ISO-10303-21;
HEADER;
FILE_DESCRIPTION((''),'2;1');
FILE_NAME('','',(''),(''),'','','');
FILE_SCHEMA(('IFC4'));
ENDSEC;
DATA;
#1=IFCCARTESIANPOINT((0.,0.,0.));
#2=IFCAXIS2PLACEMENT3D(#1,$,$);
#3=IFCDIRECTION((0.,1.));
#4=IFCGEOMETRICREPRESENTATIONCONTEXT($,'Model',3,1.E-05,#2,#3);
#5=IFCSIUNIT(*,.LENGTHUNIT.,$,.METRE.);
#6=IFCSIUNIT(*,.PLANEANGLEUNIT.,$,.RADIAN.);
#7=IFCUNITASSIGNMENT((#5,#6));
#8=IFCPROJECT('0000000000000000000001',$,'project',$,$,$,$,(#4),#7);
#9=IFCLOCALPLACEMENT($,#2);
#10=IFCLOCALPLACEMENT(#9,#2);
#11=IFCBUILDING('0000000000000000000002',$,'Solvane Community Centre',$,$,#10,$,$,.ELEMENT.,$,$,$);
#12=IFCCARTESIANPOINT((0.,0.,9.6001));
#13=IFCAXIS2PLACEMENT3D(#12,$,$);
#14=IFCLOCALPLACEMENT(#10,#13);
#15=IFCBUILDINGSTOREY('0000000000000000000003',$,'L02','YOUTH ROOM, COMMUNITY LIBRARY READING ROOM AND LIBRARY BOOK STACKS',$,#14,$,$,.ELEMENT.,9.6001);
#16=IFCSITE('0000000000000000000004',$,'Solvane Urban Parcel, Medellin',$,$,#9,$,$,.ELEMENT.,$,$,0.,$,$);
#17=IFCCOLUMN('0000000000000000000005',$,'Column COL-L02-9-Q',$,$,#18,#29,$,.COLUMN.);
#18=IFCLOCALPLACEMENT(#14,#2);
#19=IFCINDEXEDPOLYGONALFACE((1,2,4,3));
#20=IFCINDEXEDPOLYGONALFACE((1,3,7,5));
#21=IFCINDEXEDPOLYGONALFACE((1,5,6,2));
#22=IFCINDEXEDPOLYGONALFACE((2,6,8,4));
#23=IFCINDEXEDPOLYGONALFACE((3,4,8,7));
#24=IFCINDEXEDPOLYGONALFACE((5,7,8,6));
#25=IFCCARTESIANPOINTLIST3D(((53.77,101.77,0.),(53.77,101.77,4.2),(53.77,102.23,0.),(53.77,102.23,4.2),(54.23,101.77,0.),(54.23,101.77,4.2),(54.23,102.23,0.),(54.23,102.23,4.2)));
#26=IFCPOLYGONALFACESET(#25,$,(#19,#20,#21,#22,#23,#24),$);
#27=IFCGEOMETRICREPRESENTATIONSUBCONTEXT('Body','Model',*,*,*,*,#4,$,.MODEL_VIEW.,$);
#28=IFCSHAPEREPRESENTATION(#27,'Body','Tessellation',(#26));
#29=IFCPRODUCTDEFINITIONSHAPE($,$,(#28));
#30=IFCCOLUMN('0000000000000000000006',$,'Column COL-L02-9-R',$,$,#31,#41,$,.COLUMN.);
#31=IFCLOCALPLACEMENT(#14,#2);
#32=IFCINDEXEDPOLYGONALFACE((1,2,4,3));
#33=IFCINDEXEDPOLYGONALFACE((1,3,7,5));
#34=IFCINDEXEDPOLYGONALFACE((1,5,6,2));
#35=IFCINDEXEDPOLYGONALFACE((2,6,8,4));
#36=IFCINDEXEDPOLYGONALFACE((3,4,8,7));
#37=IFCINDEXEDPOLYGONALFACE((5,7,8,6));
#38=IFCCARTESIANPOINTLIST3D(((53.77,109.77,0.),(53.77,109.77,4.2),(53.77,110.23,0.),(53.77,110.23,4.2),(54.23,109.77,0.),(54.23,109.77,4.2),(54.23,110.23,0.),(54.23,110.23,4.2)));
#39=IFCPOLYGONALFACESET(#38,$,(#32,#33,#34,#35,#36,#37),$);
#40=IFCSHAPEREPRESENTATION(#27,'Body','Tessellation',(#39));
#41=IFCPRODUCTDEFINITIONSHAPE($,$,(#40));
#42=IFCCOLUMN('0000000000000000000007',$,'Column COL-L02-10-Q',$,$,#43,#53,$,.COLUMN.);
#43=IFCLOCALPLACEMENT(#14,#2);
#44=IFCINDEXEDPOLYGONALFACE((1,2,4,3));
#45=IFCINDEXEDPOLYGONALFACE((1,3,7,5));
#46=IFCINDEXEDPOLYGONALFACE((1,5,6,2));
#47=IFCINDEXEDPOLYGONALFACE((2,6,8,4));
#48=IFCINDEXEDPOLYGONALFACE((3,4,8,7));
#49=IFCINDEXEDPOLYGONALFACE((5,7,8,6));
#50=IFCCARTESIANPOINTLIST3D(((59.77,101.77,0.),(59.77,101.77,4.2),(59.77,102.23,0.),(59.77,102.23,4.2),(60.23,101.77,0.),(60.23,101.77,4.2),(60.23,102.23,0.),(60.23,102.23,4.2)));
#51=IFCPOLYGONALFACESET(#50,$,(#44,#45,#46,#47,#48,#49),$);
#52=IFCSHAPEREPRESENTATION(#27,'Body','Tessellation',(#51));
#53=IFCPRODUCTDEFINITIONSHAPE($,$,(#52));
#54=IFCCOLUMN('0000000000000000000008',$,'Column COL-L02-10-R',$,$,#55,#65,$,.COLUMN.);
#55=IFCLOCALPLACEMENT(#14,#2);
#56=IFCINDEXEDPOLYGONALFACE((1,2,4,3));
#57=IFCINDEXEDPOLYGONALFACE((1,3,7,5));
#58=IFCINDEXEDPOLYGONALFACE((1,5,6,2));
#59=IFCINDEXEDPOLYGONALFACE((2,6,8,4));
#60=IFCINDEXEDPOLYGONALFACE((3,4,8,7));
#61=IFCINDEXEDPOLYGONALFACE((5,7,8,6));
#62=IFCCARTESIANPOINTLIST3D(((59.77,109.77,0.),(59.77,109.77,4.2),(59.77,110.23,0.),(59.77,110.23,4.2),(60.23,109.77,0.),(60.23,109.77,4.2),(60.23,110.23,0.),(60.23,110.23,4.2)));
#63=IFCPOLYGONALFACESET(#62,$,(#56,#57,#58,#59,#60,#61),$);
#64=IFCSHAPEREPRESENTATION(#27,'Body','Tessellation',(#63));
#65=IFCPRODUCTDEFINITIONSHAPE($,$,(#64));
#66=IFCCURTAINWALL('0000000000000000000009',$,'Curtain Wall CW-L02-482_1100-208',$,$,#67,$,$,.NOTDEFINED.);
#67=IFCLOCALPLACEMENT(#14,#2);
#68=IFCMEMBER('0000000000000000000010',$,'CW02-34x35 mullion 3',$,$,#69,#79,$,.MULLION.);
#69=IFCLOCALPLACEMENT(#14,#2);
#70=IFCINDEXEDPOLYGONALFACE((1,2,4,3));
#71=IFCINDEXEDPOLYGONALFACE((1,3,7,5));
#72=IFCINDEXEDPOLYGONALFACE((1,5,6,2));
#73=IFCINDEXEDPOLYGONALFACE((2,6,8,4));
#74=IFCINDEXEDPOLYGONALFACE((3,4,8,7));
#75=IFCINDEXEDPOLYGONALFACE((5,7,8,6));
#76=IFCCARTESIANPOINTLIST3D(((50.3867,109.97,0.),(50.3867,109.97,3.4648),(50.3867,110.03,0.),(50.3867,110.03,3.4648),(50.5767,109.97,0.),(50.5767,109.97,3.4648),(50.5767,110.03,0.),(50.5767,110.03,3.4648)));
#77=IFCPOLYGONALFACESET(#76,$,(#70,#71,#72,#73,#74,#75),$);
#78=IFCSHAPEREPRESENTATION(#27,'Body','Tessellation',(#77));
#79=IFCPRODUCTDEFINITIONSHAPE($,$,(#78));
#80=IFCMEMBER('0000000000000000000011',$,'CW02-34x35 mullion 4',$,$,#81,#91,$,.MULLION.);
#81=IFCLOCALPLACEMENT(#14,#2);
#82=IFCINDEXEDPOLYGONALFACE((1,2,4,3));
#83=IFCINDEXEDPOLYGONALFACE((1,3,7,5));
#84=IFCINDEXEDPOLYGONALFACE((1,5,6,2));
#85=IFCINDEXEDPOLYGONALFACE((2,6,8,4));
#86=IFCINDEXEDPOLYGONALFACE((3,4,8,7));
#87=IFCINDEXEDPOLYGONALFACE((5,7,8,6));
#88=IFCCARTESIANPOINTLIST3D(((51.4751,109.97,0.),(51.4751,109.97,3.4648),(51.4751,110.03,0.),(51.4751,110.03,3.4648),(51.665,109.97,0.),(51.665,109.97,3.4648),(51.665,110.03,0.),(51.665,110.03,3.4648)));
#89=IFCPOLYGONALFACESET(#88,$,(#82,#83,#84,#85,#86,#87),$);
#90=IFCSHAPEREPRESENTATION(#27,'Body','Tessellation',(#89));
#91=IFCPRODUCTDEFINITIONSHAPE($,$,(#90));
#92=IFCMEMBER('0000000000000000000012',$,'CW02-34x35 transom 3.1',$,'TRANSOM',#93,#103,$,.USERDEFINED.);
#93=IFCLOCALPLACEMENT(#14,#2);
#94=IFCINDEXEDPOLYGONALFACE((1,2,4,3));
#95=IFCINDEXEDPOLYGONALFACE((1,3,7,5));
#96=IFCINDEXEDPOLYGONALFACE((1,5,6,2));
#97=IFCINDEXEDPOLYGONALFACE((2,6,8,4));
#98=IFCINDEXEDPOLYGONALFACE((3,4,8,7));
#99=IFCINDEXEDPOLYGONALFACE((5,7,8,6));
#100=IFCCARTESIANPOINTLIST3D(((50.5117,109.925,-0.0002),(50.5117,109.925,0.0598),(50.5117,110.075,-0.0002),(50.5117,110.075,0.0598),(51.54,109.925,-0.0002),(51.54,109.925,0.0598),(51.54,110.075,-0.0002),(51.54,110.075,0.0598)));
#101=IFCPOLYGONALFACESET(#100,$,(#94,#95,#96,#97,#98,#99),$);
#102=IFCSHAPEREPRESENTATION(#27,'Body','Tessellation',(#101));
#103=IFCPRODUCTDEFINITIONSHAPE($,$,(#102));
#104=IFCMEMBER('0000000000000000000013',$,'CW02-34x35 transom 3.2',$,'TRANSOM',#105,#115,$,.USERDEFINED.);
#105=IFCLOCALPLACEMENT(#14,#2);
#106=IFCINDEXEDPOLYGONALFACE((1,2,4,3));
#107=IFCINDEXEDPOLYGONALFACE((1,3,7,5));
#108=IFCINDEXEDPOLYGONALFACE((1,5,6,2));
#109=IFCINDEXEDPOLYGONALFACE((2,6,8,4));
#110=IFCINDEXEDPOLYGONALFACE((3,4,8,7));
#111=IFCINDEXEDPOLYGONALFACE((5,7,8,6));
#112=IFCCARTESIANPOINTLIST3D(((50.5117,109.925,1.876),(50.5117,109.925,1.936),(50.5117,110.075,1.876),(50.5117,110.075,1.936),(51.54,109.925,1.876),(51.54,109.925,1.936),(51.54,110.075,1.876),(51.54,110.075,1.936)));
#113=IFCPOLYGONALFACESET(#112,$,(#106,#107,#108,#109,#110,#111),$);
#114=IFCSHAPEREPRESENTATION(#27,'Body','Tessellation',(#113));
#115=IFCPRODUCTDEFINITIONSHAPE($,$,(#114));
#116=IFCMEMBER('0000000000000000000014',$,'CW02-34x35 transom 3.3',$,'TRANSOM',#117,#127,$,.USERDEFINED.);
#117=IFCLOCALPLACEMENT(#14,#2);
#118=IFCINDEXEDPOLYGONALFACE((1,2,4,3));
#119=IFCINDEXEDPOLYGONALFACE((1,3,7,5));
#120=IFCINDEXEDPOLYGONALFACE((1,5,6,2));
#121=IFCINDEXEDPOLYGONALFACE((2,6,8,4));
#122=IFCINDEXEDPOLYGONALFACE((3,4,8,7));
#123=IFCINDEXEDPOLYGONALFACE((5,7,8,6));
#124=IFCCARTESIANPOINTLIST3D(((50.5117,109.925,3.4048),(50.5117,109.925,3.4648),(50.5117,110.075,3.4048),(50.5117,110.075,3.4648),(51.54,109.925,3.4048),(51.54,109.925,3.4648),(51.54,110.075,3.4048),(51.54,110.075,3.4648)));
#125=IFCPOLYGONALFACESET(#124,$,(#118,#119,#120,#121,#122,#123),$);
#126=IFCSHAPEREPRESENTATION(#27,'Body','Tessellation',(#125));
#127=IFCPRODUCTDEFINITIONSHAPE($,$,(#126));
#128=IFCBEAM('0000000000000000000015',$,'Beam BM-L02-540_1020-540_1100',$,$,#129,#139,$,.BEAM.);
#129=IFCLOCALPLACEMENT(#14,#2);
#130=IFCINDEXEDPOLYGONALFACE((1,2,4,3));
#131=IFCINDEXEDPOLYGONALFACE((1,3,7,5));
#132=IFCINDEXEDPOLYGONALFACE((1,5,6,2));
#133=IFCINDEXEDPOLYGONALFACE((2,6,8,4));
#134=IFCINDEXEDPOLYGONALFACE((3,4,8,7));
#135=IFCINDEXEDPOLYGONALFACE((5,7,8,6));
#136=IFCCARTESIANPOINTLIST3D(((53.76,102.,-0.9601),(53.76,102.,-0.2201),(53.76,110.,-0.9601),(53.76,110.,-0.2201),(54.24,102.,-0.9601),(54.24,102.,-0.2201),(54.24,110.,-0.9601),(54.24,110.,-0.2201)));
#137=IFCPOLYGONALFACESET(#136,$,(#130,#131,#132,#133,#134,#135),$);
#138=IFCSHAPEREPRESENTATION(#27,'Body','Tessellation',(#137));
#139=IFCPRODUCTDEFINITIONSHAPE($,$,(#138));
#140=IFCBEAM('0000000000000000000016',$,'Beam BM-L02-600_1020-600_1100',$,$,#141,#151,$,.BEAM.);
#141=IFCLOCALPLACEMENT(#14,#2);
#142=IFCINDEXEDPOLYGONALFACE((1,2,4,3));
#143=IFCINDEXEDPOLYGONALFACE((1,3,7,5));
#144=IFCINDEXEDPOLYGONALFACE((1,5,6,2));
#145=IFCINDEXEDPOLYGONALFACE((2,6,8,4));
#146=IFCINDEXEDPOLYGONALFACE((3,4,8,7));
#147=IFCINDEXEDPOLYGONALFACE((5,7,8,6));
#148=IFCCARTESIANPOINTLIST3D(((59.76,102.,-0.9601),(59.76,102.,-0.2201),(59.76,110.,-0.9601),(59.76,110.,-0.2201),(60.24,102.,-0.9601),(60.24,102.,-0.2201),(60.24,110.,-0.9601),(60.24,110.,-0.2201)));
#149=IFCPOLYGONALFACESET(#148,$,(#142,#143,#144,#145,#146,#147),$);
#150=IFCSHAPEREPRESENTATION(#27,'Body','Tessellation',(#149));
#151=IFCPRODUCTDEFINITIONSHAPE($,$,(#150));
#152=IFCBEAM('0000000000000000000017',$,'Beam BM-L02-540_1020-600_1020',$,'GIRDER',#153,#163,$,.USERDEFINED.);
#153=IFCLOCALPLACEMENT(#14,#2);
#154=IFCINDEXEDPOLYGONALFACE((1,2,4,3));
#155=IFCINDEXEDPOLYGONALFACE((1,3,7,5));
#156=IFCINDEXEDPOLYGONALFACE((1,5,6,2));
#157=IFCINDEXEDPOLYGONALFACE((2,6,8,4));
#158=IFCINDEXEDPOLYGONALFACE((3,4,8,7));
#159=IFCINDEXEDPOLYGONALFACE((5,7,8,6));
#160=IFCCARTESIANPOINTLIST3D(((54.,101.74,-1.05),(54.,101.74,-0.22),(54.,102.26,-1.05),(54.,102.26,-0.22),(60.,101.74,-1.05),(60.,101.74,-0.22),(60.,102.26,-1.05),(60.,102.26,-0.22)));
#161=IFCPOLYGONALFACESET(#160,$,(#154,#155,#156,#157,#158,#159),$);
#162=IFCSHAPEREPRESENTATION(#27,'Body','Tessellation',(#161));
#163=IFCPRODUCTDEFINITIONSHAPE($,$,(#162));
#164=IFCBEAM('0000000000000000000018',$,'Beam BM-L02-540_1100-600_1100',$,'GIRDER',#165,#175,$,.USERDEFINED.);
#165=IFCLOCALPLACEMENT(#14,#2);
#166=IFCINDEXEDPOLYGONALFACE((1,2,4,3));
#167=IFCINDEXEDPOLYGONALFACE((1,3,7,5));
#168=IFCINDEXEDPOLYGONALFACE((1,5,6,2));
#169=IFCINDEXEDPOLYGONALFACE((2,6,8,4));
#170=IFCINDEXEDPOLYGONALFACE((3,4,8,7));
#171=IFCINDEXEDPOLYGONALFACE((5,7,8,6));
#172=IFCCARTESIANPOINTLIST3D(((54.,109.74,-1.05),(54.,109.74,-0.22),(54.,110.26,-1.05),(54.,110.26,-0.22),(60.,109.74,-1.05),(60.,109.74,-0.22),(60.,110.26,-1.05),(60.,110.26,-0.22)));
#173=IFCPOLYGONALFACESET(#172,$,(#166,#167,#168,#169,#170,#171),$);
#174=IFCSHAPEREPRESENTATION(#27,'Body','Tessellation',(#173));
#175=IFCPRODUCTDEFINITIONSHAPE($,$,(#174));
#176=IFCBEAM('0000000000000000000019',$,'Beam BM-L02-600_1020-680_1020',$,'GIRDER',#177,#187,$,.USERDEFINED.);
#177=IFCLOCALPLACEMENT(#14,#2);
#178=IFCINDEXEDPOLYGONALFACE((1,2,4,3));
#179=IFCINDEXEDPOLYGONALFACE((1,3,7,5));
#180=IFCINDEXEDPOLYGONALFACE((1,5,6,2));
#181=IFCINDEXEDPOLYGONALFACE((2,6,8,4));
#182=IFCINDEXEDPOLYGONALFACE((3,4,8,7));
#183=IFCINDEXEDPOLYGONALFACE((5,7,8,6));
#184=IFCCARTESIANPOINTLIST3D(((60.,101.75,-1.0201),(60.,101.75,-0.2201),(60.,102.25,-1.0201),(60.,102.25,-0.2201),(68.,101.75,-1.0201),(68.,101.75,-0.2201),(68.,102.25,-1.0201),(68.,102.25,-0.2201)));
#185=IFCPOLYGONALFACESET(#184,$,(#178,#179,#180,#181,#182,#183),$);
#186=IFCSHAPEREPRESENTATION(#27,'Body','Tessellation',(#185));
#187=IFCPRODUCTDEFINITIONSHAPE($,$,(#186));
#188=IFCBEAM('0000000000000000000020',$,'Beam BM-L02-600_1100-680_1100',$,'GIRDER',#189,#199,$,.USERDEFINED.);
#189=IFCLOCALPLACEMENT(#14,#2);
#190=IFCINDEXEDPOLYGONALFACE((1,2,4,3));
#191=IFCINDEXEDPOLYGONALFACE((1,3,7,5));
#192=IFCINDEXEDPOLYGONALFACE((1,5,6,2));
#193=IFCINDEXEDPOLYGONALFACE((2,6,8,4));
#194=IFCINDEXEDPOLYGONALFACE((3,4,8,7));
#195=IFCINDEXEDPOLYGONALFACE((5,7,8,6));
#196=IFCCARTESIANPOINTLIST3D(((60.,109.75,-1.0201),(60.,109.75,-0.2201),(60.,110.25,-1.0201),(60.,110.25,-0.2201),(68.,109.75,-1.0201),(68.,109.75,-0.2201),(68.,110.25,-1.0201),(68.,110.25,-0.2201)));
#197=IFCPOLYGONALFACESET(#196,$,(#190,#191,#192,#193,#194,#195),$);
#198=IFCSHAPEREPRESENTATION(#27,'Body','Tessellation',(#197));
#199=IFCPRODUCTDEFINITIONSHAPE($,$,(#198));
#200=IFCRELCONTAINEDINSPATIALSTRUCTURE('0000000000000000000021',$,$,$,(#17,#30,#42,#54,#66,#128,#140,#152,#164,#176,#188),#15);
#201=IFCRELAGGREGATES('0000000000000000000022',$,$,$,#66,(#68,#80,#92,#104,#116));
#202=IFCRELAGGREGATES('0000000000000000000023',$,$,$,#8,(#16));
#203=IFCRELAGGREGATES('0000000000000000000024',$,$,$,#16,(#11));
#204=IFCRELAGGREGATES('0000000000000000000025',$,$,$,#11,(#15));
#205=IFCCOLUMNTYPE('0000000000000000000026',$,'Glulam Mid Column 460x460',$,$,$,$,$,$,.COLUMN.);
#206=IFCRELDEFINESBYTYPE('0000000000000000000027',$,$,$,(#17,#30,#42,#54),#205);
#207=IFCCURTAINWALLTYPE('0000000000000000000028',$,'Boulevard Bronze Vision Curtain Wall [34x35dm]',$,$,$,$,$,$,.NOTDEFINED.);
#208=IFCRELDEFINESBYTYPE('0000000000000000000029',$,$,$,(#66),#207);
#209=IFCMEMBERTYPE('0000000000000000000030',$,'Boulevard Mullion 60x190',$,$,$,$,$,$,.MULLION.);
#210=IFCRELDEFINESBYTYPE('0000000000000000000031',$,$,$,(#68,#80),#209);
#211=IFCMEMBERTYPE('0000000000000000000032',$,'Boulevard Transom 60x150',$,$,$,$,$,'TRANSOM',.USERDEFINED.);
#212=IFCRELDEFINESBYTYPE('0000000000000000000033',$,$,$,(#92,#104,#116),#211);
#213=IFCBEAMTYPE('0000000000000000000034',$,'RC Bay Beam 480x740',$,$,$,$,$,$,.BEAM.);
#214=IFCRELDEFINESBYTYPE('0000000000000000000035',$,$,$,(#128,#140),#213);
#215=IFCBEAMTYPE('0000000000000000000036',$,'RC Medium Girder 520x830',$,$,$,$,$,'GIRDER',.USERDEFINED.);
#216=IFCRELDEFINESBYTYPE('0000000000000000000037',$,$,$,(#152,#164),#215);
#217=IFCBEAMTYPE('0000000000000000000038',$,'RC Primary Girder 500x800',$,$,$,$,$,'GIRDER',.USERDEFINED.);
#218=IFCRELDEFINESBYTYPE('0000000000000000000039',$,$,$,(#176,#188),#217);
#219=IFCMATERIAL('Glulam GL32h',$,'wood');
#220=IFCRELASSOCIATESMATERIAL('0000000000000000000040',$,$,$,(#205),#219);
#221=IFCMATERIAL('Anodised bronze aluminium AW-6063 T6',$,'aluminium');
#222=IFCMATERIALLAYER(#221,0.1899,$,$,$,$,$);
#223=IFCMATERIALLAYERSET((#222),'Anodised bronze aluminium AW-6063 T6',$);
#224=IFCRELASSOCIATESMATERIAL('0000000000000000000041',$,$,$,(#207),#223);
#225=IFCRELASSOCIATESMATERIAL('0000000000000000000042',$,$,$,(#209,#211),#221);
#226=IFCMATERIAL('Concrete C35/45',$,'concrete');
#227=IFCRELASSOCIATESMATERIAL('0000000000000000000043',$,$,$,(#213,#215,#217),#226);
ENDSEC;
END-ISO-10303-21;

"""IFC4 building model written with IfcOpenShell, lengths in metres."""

from ifc_helpers import new_model, si_unit, direction, frame, origin, origin_2d, place, context, subcontext, project, spatial, rectangle, extrude, material, layer, layer_set, material_profile, profile_set, type_object, element, aggregate, save


model = new_model("IFC4")

# Units and contexts
model_context = context("Model", 3, precision=1e-05, world=origin(), true_north=direction((0.0, 1.0)))
body_context = subcontext(model_context, "Body", "Model", "MODEL_VIEW")
ifc_project = project(units=[si_unit("LENGTHUNIT", "METRE"), si_unit("PLANEANGLEUNIT", "RADIAN")], contexts=[model_context])

# Site, building, storey
site_placement = place(None, origin())
site = spatial("IfcSite", under=ifc_project, at=site_placement, Name="Solvane Urban Parcel, Medellin", CompositionType="ELEMENT", RefElevation=0.0)
building_placement = place(site_placement, origin())
building = spatial("IfcBuilding", under=site, at=building_placement, Name="Solvane Community Centre", CompositionType="ELEMENT")
storey_placement = place(building_placement, frame((0.0, 0.0, 9.6001)))
storey = spatial("IfcBuildingStorey", under=building, at=storey_placement, Name="L02", Description="YOUTH ROOM, COMMUNITY LIBRARY READING ROOM AND LIBRARY BOOK STACKS", CompositionType="ELEMENT", Elevation=9.6001)

# Columns
ifc_material_1 = material(Name="Glulam GL32h", Category="wood")
ifc_material_profile_1 = material_profile(ifc_material_1, rectangle(XDim=0.46, YDim=0.46, at=origin_2d()), Name="GL32h 460x460")
ifc_profile_set_1 = profile_set([ifc_material_profile_1], Name="Glulam GL32h")
column_type = type_object("IfcColumnType", Name="Glulam Mid Column 460x460", PredefinedType="COLUMN", material=ifc_profile_set_1)
for number, where, z_axis, x_axis, name in (
    (1, (54.0, 102.0, 0.0), (0.0, 0.0, 1.0), (1.0, 0.0, 0.0), "Column COL-L02-9-Q"),
    (2, (54.0, 110.0, 0.0), (0.0, 0.0, 1.0), (1.0, 0.0, 0.0), "Column COL-L02-9-R"),
    (3, (60.0, 102.0, 0.0), (0.0, 0.0, 1.0), (1.0, 0.0, 0.0), "Column COL-L02-10-Q"),
    (4, (60.0, 110.0, 0.0), (0.0, 0.0, 1.0), (1.0, 0.0, 0.0), "Column COL-L02-10-R"),
):
    element("IfcColumn", number, at=place(storey_placement, frame(where, z_axis=z_axis, x_axis=x_axis)), inside=storey, type_object=column_type, Name=name, PredefinedType="COLUMN", context=body_context, shape_type="SweptSolid", body=[
        extrude(rectangle(XDim=0.46, YDim=0.46, at=origin_2d()), origin(), (0.0, 0.0, 1.0), 4.2),
    ])

# Curtain wall, members
ifc_material_2 = material(Name="Anodised bronze aluminium AW-6063 T6", Category="aluminium")
ifc_layer_1 = layer(ifc_material_2, 0.1899)
ifc_layer_set_1 = layer_set([ifc_layer_1], Name="Anodised bronze aluminium AW-6063 T6")
curtain_wall_type = type_object("IfcCurtainWallType", Name="Boulevard Bronze Vision Curtain Wall [34x35dm]", PredefinedType="NOTDEFINED", material=ifc_layer_set_1)
curtain_wall_placement = place(storey_placement, origin())
curtain_wall = element("IfcCurtainWall", 5, at=curtain_wall_placement, inside=storey, type_object=curtain_wall_type, Name="Curtain Wall CW-L02-482_1100-208", PredefinedType="NOTDEFINED")
ifc_material_profile_2 = material_profile(ifc_material_2, rectangle(XDim=0.0601, YDim=0.1899, at=origin_2d()), Name="CW-M 60x190")
ifc_profile_set_2 = profile_set([ifc_material_profile_2], Name="Anodised bronze aluminium AW-6063 T6")
member_type_1 = type_object("IfcMemberType", Name="Boulevard Mullion 60x190", PredefinedType="MULLION", material=ifc_profile_set_2)
member_1_placement = place(storey_placement, frame((50.4817, 110.0, 0.0), z_axis=(0.0, 0.0, 1.0), x_axis=(0.0, 1.0, 0.0)))
member_1 = element("IfcMember", 6, at=member_1_placement, type_object=member_type_1, Name="CW02-34x35 mullion 3", PredefinedType="MULLION", context=body_context, shape_type="SweptSolid", body=[
    extrude(rectangle(XDim=0.0601, YDim=0.1899, at=origin_2d()), origin(), (0.0, 0.0, 1.0), 3.4648),
])
member_2_placement = place(storey_placement, frame((51.5701, 110.0, 0.0), z_axis=(0.0, 0.0, 1.0), x_axis=(0.0, 1.0, 0.0)))
member_2 = element("IfcMember", 7, at=member_2_placement, type_object=member_type_1, Name="CW02-34x35 mullion 4", PredefinedType="MULLION", context=body_context, shape_type="SweptSolid", body=[
    extrude(rectangle(XDim=0.0601, YDim=0.1899, at=origin_2d()), origin(), (0.0, 0.0, 1.0), 3.4648),
])
ifc_material_profile_3 = material_profile(ifc_material_2, rectangle(XDim=0.1499, YDim=0.0601, at=origin_2d()), Name="CW-T 60x150")
ifc_profile_set_3 = profile_set([ifc_material_profile_3], Name="Anodised bronze aluminium AW-6063 T6")
member_type_2 = type_object("IfcMemberType", Name="Boulevard Transom 60x150", ElementType="TRANSOM", PredefinedType="USERDEFINED", material=ifc_profile_set_3)
member_3_placement = place(storey_placement, frame((50.5117, 110.0, 0.0298), z_axis=(1.0, 0.0, 0.0), x_axis=(0.0, 1.0, 0.0)))
member_3 = element("IfcMember", 8, at=member_3_placement, type_object=member_type_2, Name="CW02-34x35 transom 3.1", ObjectType="TRANSOM", PredefinedType="USERDEFINED", context=body_context, shape_type="SweptSolid", body=[
    extrude(rectangle(XDim=0.1499, YDim=0.0601, at=origin_2d()), origin(), (0.0, 0.0, 1.0), 1.0283),
])
member_4_placement = place(storey_placement, frame((50.5117, 110.0, 1.906), z_axis=(1.0, 0.0, 0.0), x_axis=(0.0, 1.0, 0.0)))
member_4 = element("IfcMember", 9, at=member_4_placement, type_object=member_type_2, Name="CW02-34x35 transom 3.2", ObjectType="TRANSOM", PredefinedType="USERDEFINED", context=body_context, shape_type="SweptSolid", body=[
    extrude(rectangle(XDim=0.1499, YDim=0.0601, at=origin_2d()), origin(), (0.0, 0.0, 1.0), 1.0283),
])
member_5_placement = place(storey_placement, frame((50.5117, 110.0, 3.4348), z_axis=(1.0, 0.0, 0.0), x_axis=(0.0, 1.0, 0.0)))
member_5 = element("IfcMember", 10, at=member_5_placement, type_object=member_type_2, Name="CW02-34x35 transom 3.3", ObjectType="TRANSOM", PredefinedType="USERDEFINED", context=body_context, shape_type="SweptSolid", body=[
    extrude(rectangle(XDim=0.1499, YDim=0.0601, at=origin_2d()), origin(), (0.0, 0.0, 1.0), 1.0283),
])

# Beams
ifc_material_3 = material(Name="Concrete C35/45", Category="concrete")
ifc_material_profile_4 = material_profile(ifc_material_3, rectangle(XDim=0.48, YDim=0.74, at=origin_2d()), Name="RC 480x740")
ifc_profile_set_4 = profile_set([ifc_material_profile_4], Name="Concrete C35/45")
beam_type_1 = type_object("IfcBeamType", Name="RC Bay Beam 480x740", PredefinedType="BEAM", material=ifc_profile_set_4)
for number, where, z_axis, x_axis, name in (
    (11, (54.0, 102.0, -0.5901), (0.0, 1.0, 0.0), (-1.0, 0.0, 0.0), "Beam BM-L02-540_1020-540_1100"),
    (12, (60.0, 102.0, -0.5901), (0.0, 1.0, 0.0), (-1.0, 0.0, 0.0), "Beam BM-L02-600_1020-600_1100"),
):
    element("IfcBeam", number, at=place(storey_placement, frame(where, z_axis=z_axis, x_axis=x_axis)), inside=storey, type_object=beam_type_1, Name=name, PredefinedType="BEAM", context=body_context, shape_type="SweptSolid", body=[
        extrude(rectangle(XDim=0.48, YDim=0.74, at=origin_2d()), origin(), (0.0, 0.0, 1.0), 8.0),
    ])
ifc_material_profile_5 = material_profile(ifc_material_3, rectangle(XDim=0.52, YDim=0.8301, at=origin_2d()), Name="RC 520x830")
ifc_profile_set_5 = profile_set([ifc_material_profile_5], Name="Concrete C35/45")
beam_type_2 = type_object("IfcBeamType", Name="RC Medium Girder 520x830", ElementType="GIRDER", PredefinedType="USERDEFINED", material=ifc_profile_set_5)
for number, where, z_axis, x_axis, name in (
    (13, (54.0, 102.0, -0.635), (1.0, 0.0, 0.0), (0.0, 1.0, 0.0), "Beam BM-L02-540_1020-600_1020"),
    (14, (54.0, 110.0, -0.635), (1.0, 0.0, 0.0), (0.0, 1.0, 0.0), "Beam BM-L02-540_1100-600_1100"),
):
    element("IfcBeam", number, at=place(storey_placement, frame(where, z_axis=z_axis, x_axis=x_axis)), inside=storey, type_object=beam_type_2, Name=name, ObjectType="GIRDER", PredefinedType="USERDEFINED", context=body_context, shape_type="SweptSolid", body=[
        extrude(rectangle(XDim=0.52, YDim=0.8301, at=origin_2d()), origin(), (0.0, 0.0, 1.0), 6.0),
    ])
ifc_material_profile_6 = material_profile(ifc_material_3, rectangle(XDim=0.5, YDim=0.8, at=origin_2d()), Name="RC 500x800")
ifc_profile_set_6 = profile_set([ifc_material_profile_6], Name="Concrete C35/45")
beam_type_3 = type_object("IfcBeamType", Name="RC Primary Girder 500x800", ElementType="GIRDER", PredefinedType="USERDEFINED", material=ifc_profile_set_6)
for number, where, z_axis, x_axis, name in (
    (15, (60.0, 102.0, -0.6201), (1.0, 0.0, 0.0), (0.0, 1.0, 0.0), "Beam BM-L02-600_1020-680_1020"),
    (16, (60.0, 110.0, -0.6201), (1.0, 0.0, 0.0), (0.0, 1.0, 0.0), "Beam BM-L02-600_1100-680_1100"),
):
    element("IfcBeam", number, at=place(storey_placement, frame(where, z_axis=z_axis, x_axis=x_axis)), inside=storey, type_object=beam_type_3, Name=name, ObjectType="GIRDER", PredefinedType="USERDEFINED", context=body_context, shape_type="SweptSolid", body=[
        extrude(rectangle(XDim=0.5, YDim=0.8, at=origin_2d()), origin(), (0.0, 0.0, 1.0), 8.0),
    ])

aggregate(curtain_wall, [member_1, member_2, member_3, member_4, member_5])

save(model, "model.ifc")
